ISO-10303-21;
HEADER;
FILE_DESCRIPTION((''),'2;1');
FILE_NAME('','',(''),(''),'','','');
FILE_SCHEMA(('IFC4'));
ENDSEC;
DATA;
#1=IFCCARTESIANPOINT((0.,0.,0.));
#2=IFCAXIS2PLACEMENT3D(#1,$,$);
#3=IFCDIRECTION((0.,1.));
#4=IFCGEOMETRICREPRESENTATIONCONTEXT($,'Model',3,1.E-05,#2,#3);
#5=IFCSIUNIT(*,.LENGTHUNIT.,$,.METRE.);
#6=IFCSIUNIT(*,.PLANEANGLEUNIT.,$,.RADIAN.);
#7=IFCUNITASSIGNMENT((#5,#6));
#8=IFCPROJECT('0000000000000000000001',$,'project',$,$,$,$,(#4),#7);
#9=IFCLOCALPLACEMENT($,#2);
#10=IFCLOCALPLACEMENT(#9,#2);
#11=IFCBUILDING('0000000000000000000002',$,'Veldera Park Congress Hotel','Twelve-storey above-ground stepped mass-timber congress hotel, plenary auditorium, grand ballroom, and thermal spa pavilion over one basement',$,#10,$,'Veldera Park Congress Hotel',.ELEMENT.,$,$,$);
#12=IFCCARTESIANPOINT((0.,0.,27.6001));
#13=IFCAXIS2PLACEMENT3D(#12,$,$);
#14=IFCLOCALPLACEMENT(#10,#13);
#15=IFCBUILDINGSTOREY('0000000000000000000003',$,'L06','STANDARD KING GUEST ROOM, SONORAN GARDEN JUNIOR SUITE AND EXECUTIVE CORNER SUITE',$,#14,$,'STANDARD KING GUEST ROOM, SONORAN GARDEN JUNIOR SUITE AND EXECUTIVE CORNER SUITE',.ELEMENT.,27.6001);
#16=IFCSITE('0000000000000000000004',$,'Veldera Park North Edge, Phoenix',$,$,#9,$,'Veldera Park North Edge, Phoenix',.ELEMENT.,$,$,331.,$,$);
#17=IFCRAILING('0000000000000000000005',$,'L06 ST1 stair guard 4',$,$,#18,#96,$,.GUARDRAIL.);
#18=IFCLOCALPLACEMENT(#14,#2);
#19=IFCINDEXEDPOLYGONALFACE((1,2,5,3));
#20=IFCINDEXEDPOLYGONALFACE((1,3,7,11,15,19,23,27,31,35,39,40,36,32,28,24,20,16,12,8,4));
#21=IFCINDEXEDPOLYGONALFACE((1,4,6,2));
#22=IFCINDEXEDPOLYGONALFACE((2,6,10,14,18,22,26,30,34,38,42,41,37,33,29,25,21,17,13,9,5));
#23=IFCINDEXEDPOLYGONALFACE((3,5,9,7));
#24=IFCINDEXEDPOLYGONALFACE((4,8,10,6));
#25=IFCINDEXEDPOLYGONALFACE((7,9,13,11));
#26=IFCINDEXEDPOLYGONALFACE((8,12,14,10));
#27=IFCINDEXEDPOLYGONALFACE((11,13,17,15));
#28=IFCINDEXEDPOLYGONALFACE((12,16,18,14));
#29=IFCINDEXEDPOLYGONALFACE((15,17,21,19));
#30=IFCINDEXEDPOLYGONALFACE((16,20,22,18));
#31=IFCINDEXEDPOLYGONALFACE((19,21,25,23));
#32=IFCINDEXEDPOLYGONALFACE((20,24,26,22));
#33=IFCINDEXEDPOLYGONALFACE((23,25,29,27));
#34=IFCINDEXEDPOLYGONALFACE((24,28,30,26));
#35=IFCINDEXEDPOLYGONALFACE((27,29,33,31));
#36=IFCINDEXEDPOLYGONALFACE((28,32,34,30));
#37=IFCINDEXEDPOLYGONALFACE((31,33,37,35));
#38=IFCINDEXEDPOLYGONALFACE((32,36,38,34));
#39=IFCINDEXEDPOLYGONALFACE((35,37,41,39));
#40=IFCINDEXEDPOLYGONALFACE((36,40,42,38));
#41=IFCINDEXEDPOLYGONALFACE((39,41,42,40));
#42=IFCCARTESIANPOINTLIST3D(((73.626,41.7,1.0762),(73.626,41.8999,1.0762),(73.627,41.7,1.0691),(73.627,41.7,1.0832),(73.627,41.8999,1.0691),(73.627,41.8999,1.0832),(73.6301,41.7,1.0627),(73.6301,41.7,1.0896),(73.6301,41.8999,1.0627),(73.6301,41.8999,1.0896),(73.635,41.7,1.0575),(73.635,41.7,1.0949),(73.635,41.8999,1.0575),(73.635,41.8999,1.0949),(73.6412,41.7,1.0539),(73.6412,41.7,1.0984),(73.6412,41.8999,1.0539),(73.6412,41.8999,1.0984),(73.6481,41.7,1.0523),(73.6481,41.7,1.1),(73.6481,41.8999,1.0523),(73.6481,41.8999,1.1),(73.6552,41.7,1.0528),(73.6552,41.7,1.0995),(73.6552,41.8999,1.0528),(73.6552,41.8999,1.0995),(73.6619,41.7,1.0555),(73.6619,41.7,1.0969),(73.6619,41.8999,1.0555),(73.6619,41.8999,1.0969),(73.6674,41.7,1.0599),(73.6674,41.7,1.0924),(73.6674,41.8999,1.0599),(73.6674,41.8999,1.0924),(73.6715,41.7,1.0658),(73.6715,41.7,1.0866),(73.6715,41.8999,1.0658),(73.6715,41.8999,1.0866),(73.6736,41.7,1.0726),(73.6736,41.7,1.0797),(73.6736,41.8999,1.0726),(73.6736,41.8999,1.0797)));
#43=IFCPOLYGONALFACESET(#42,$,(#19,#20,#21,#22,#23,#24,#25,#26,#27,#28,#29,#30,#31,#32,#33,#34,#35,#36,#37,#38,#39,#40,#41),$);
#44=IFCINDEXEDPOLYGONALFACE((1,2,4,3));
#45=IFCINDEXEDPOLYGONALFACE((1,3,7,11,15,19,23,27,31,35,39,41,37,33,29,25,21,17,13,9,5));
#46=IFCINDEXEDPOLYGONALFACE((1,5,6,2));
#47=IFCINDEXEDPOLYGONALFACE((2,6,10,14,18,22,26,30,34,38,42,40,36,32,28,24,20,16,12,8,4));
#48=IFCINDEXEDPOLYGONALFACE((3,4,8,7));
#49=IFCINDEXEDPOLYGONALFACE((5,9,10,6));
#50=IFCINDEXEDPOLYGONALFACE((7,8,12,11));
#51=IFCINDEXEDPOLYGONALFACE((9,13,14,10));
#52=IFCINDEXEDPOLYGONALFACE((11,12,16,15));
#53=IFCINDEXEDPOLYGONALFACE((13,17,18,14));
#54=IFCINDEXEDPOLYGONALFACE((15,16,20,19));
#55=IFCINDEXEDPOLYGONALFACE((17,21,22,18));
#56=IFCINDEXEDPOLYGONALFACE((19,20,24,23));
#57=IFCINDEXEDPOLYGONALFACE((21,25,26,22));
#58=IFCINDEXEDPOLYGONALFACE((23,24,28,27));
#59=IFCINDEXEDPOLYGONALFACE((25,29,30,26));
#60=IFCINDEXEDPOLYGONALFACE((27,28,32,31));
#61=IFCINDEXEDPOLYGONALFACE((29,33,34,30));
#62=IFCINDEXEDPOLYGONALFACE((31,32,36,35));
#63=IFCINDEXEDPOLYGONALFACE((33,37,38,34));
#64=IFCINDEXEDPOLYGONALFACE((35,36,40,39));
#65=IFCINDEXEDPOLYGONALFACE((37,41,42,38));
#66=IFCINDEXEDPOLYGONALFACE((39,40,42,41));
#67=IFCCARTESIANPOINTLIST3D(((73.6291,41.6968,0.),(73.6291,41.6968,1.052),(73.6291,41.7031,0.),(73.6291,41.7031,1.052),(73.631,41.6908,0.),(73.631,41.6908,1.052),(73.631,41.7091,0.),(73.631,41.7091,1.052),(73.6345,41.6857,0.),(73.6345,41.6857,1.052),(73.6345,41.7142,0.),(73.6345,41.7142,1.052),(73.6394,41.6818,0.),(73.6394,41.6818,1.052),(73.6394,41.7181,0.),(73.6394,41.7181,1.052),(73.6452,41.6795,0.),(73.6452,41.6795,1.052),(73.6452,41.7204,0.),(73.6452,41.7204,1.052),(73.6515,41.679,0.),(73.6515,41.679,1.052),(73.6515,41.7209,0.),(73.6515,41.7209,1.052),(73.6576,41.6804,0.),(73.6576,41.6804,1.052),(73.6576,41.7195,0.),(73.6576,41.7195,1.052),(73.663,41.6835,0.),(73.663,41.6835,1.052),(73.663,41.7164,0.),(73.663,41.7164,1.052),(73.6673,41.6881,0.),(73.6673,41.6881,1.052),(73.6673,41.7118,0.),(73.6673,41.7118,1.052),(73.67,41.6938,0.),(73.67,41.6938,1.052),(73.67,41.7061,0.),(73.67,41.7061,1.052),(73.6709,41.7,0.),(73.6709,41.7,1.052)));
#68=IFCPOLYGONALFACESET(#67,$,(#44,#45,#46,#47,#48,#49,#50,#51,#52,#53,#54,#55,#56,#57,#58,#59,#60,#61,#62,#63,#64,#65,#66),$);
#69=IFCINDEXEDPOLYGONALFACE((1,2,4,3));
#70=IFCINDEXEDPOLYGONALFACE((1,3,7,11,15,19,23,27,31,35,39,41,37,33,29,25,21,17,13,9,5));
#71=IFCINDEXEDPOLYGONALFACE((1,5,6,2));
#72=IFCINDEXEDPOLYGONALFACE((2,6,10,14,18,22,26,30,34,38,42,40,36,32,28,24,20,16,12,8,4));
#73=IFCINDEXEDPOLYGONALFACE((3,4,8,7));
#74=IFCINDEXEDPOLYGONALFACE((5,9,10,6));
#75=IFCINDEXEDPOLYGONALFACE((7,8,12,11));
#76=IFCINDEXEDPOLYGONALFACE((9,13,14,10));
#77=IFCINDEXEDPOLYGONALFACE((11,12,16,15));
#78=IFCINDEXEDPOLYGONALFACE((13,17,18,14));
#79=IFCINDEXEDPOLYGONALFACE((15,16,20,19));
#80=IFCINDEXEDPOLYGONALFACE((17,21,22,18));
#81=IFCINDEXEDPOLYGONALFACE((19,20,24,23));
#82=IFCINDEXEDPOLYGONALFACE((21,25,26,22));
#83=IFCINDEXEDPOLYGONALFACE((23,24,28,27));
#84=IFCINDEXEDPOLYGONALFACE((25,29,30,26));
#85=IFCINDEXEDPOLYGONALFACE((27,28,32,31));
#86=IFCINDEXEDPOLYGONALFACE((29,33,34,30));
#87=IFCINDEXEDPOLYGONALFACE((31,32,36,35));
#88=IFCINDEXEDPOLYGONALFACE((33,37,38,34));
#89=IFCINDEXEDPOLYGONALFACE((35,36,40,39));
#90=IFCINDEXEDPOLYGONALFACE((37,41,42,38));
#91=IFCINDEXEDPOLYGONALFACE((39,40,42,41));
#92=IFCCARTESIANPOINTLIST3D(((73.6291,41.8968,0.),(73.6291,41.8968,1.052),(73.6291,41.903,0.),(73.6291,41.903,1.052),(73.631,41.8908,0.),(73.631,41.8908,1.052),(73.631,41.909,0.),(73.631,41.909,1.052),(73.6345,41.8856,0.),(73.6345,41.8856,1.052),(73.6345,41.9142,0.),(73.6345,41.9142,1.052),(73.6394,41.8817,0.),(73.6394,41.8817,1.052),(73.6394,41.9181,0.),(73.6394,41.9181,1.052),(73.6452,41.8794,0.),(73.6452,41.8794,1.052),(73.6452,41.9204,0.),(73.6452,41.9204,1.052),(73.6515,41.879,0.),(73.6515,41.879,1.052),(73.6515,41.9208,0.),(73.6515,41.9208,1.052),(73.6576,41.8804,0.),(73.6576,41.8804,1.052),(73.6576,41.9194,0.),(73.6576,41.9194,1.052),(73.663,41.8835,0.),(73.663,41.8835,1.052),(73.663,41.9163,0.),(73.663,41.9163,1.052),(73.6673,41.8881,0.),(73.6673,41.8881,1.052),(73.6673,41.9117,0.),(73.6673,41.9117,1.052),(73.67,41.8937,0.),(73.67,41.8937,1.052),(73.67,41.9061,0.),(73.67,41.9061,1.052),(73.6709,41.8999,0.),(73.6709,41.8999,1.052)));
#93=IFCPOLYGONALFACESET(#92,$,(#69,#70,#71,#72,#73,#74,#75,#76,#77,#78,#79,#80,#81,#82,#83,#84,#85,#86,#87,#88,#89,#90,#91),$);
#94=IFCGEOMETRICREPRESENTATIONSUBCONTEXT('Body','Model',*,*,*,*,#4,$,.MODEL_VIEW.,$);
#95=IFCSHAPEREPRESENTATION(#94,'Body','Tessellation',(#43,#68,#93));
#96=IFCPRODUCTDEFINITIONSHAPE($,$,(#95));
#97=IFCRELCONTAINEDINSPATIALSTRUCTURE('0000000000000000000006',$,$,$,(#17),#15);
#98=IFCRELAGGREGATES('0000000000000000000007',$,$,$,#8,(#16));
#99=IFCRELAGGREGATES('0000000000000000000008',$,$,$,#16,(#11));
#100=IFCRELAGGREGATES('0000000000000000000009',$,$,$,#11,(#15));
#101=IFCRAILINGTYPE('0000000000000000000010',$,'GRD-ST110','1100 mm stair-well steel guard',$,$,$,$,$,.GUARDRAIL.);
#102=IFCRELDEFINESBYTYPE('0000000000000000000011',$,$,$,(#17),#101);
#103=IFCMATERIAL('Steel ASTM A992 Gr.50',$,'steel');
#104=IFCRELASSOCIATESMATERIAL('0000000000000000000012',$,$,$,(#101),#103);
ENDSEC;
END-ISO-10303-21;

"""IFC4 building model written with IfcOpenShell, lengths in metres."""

from ifc_helpers import new_model, si_unit, direction, frame, origin, origin_2d, place, context, subcontext, project, spatial, circle, extrude, material, type_object, element, save


model = new_model("IFC4")

# Units and contexts
model_context = context("Model", 3, precision=1e-05, world=origin(), true_north=direction((0.0, 1.0)))
body_context = subcontext(model_context, "Body", "Model", "MODEL_VIEW")
ifc_project = project(units=[si_unit("LENGTHUNIT", "METRE"), si_unit("PLANEANGLEUNIT", "RADIAN")], contexts=[model_context])

# Site, building, storey
site_placement = place(None, origin())
site = spatial("IfcSite", under=ifc_project, at=site_placement, Name="Veldera Park North Edge, Phoenix", LongName="Veldera Park North Edge, Phoenix", CompositionType="ELEMENT", RefElevation=331.0)
building_placement = place(site_placement, origin())
building = spatial("IfcBuilding", under=site, at=building_placement, Name="Veldera Park Congress Hotel", Description="Twelve-storey above-ground stepped mass-timber congress hotel, plenary auditorium, grand ballroom, and thermal spa pavilion over one basement", LongName="Veldera Park Congress Hotel", CompositionType="ELEMENT")
storey_placement = place(building_placement, frame((0.0, 0.0, 27.6001)))
storey = spatial("IfcBuildingStorey", under=building, at=storey_placement, Name="L06", Description="STANDARD KING GUEST ROOM, SONORAN GARDEN JUNIOR SUITE AND EXECUTIVE CORNER SUITE", LongName="STANDARD KING GUEST ROOM, SONORAN GARDEN JUNIOR SUITE AND EXECUTIVE CORNER SUITE", CompositionType="ELEMENT", Elevation=27.6001)

# Railing
ifc_material_1 = material(Name="Steel ASTM A992 Gr.50", Category="steel")
railing_type_1 = type_object("IfcRailingType", Name="GRD-ST110", Description="1100 mm stair-well steel guard", PredefinedType="GUARDRAIL", material=ifc_material_1)
railing_1_placement = place(storey_placement, frame((73.6499, 41.7, 0.0)))
element("IfcRailing", 1, at=railing_1_placement, inside=storey, type_object=railing_type_1, Name="L06 ST1 stair guard 4", PredefinedType="GUARDRAIL", context=body_context, shape_type="SweptSolid", body=[
    extrude(circle(Radius=0.0239, at=origin_2d()), frame((0.0, 0.0, 1.0762), z_axis=(0.0, 1.0, 0.0), x_axis=(-1.0, 0.0, 0.0)), (0.0, 0.0, 1.0), 0.2),
    extrude(circle(Radius=0.021, at=origin_2d()), origin(), (0.0, 0.0, 1.0), 1.052),
    extrude(circle(Radius=0.021, at=origin_2d()), frame((0.0, 0.2, 0.0)), (0.0, 0.0, 1.0), 1.052),
])

save(model, "model.ifc")
